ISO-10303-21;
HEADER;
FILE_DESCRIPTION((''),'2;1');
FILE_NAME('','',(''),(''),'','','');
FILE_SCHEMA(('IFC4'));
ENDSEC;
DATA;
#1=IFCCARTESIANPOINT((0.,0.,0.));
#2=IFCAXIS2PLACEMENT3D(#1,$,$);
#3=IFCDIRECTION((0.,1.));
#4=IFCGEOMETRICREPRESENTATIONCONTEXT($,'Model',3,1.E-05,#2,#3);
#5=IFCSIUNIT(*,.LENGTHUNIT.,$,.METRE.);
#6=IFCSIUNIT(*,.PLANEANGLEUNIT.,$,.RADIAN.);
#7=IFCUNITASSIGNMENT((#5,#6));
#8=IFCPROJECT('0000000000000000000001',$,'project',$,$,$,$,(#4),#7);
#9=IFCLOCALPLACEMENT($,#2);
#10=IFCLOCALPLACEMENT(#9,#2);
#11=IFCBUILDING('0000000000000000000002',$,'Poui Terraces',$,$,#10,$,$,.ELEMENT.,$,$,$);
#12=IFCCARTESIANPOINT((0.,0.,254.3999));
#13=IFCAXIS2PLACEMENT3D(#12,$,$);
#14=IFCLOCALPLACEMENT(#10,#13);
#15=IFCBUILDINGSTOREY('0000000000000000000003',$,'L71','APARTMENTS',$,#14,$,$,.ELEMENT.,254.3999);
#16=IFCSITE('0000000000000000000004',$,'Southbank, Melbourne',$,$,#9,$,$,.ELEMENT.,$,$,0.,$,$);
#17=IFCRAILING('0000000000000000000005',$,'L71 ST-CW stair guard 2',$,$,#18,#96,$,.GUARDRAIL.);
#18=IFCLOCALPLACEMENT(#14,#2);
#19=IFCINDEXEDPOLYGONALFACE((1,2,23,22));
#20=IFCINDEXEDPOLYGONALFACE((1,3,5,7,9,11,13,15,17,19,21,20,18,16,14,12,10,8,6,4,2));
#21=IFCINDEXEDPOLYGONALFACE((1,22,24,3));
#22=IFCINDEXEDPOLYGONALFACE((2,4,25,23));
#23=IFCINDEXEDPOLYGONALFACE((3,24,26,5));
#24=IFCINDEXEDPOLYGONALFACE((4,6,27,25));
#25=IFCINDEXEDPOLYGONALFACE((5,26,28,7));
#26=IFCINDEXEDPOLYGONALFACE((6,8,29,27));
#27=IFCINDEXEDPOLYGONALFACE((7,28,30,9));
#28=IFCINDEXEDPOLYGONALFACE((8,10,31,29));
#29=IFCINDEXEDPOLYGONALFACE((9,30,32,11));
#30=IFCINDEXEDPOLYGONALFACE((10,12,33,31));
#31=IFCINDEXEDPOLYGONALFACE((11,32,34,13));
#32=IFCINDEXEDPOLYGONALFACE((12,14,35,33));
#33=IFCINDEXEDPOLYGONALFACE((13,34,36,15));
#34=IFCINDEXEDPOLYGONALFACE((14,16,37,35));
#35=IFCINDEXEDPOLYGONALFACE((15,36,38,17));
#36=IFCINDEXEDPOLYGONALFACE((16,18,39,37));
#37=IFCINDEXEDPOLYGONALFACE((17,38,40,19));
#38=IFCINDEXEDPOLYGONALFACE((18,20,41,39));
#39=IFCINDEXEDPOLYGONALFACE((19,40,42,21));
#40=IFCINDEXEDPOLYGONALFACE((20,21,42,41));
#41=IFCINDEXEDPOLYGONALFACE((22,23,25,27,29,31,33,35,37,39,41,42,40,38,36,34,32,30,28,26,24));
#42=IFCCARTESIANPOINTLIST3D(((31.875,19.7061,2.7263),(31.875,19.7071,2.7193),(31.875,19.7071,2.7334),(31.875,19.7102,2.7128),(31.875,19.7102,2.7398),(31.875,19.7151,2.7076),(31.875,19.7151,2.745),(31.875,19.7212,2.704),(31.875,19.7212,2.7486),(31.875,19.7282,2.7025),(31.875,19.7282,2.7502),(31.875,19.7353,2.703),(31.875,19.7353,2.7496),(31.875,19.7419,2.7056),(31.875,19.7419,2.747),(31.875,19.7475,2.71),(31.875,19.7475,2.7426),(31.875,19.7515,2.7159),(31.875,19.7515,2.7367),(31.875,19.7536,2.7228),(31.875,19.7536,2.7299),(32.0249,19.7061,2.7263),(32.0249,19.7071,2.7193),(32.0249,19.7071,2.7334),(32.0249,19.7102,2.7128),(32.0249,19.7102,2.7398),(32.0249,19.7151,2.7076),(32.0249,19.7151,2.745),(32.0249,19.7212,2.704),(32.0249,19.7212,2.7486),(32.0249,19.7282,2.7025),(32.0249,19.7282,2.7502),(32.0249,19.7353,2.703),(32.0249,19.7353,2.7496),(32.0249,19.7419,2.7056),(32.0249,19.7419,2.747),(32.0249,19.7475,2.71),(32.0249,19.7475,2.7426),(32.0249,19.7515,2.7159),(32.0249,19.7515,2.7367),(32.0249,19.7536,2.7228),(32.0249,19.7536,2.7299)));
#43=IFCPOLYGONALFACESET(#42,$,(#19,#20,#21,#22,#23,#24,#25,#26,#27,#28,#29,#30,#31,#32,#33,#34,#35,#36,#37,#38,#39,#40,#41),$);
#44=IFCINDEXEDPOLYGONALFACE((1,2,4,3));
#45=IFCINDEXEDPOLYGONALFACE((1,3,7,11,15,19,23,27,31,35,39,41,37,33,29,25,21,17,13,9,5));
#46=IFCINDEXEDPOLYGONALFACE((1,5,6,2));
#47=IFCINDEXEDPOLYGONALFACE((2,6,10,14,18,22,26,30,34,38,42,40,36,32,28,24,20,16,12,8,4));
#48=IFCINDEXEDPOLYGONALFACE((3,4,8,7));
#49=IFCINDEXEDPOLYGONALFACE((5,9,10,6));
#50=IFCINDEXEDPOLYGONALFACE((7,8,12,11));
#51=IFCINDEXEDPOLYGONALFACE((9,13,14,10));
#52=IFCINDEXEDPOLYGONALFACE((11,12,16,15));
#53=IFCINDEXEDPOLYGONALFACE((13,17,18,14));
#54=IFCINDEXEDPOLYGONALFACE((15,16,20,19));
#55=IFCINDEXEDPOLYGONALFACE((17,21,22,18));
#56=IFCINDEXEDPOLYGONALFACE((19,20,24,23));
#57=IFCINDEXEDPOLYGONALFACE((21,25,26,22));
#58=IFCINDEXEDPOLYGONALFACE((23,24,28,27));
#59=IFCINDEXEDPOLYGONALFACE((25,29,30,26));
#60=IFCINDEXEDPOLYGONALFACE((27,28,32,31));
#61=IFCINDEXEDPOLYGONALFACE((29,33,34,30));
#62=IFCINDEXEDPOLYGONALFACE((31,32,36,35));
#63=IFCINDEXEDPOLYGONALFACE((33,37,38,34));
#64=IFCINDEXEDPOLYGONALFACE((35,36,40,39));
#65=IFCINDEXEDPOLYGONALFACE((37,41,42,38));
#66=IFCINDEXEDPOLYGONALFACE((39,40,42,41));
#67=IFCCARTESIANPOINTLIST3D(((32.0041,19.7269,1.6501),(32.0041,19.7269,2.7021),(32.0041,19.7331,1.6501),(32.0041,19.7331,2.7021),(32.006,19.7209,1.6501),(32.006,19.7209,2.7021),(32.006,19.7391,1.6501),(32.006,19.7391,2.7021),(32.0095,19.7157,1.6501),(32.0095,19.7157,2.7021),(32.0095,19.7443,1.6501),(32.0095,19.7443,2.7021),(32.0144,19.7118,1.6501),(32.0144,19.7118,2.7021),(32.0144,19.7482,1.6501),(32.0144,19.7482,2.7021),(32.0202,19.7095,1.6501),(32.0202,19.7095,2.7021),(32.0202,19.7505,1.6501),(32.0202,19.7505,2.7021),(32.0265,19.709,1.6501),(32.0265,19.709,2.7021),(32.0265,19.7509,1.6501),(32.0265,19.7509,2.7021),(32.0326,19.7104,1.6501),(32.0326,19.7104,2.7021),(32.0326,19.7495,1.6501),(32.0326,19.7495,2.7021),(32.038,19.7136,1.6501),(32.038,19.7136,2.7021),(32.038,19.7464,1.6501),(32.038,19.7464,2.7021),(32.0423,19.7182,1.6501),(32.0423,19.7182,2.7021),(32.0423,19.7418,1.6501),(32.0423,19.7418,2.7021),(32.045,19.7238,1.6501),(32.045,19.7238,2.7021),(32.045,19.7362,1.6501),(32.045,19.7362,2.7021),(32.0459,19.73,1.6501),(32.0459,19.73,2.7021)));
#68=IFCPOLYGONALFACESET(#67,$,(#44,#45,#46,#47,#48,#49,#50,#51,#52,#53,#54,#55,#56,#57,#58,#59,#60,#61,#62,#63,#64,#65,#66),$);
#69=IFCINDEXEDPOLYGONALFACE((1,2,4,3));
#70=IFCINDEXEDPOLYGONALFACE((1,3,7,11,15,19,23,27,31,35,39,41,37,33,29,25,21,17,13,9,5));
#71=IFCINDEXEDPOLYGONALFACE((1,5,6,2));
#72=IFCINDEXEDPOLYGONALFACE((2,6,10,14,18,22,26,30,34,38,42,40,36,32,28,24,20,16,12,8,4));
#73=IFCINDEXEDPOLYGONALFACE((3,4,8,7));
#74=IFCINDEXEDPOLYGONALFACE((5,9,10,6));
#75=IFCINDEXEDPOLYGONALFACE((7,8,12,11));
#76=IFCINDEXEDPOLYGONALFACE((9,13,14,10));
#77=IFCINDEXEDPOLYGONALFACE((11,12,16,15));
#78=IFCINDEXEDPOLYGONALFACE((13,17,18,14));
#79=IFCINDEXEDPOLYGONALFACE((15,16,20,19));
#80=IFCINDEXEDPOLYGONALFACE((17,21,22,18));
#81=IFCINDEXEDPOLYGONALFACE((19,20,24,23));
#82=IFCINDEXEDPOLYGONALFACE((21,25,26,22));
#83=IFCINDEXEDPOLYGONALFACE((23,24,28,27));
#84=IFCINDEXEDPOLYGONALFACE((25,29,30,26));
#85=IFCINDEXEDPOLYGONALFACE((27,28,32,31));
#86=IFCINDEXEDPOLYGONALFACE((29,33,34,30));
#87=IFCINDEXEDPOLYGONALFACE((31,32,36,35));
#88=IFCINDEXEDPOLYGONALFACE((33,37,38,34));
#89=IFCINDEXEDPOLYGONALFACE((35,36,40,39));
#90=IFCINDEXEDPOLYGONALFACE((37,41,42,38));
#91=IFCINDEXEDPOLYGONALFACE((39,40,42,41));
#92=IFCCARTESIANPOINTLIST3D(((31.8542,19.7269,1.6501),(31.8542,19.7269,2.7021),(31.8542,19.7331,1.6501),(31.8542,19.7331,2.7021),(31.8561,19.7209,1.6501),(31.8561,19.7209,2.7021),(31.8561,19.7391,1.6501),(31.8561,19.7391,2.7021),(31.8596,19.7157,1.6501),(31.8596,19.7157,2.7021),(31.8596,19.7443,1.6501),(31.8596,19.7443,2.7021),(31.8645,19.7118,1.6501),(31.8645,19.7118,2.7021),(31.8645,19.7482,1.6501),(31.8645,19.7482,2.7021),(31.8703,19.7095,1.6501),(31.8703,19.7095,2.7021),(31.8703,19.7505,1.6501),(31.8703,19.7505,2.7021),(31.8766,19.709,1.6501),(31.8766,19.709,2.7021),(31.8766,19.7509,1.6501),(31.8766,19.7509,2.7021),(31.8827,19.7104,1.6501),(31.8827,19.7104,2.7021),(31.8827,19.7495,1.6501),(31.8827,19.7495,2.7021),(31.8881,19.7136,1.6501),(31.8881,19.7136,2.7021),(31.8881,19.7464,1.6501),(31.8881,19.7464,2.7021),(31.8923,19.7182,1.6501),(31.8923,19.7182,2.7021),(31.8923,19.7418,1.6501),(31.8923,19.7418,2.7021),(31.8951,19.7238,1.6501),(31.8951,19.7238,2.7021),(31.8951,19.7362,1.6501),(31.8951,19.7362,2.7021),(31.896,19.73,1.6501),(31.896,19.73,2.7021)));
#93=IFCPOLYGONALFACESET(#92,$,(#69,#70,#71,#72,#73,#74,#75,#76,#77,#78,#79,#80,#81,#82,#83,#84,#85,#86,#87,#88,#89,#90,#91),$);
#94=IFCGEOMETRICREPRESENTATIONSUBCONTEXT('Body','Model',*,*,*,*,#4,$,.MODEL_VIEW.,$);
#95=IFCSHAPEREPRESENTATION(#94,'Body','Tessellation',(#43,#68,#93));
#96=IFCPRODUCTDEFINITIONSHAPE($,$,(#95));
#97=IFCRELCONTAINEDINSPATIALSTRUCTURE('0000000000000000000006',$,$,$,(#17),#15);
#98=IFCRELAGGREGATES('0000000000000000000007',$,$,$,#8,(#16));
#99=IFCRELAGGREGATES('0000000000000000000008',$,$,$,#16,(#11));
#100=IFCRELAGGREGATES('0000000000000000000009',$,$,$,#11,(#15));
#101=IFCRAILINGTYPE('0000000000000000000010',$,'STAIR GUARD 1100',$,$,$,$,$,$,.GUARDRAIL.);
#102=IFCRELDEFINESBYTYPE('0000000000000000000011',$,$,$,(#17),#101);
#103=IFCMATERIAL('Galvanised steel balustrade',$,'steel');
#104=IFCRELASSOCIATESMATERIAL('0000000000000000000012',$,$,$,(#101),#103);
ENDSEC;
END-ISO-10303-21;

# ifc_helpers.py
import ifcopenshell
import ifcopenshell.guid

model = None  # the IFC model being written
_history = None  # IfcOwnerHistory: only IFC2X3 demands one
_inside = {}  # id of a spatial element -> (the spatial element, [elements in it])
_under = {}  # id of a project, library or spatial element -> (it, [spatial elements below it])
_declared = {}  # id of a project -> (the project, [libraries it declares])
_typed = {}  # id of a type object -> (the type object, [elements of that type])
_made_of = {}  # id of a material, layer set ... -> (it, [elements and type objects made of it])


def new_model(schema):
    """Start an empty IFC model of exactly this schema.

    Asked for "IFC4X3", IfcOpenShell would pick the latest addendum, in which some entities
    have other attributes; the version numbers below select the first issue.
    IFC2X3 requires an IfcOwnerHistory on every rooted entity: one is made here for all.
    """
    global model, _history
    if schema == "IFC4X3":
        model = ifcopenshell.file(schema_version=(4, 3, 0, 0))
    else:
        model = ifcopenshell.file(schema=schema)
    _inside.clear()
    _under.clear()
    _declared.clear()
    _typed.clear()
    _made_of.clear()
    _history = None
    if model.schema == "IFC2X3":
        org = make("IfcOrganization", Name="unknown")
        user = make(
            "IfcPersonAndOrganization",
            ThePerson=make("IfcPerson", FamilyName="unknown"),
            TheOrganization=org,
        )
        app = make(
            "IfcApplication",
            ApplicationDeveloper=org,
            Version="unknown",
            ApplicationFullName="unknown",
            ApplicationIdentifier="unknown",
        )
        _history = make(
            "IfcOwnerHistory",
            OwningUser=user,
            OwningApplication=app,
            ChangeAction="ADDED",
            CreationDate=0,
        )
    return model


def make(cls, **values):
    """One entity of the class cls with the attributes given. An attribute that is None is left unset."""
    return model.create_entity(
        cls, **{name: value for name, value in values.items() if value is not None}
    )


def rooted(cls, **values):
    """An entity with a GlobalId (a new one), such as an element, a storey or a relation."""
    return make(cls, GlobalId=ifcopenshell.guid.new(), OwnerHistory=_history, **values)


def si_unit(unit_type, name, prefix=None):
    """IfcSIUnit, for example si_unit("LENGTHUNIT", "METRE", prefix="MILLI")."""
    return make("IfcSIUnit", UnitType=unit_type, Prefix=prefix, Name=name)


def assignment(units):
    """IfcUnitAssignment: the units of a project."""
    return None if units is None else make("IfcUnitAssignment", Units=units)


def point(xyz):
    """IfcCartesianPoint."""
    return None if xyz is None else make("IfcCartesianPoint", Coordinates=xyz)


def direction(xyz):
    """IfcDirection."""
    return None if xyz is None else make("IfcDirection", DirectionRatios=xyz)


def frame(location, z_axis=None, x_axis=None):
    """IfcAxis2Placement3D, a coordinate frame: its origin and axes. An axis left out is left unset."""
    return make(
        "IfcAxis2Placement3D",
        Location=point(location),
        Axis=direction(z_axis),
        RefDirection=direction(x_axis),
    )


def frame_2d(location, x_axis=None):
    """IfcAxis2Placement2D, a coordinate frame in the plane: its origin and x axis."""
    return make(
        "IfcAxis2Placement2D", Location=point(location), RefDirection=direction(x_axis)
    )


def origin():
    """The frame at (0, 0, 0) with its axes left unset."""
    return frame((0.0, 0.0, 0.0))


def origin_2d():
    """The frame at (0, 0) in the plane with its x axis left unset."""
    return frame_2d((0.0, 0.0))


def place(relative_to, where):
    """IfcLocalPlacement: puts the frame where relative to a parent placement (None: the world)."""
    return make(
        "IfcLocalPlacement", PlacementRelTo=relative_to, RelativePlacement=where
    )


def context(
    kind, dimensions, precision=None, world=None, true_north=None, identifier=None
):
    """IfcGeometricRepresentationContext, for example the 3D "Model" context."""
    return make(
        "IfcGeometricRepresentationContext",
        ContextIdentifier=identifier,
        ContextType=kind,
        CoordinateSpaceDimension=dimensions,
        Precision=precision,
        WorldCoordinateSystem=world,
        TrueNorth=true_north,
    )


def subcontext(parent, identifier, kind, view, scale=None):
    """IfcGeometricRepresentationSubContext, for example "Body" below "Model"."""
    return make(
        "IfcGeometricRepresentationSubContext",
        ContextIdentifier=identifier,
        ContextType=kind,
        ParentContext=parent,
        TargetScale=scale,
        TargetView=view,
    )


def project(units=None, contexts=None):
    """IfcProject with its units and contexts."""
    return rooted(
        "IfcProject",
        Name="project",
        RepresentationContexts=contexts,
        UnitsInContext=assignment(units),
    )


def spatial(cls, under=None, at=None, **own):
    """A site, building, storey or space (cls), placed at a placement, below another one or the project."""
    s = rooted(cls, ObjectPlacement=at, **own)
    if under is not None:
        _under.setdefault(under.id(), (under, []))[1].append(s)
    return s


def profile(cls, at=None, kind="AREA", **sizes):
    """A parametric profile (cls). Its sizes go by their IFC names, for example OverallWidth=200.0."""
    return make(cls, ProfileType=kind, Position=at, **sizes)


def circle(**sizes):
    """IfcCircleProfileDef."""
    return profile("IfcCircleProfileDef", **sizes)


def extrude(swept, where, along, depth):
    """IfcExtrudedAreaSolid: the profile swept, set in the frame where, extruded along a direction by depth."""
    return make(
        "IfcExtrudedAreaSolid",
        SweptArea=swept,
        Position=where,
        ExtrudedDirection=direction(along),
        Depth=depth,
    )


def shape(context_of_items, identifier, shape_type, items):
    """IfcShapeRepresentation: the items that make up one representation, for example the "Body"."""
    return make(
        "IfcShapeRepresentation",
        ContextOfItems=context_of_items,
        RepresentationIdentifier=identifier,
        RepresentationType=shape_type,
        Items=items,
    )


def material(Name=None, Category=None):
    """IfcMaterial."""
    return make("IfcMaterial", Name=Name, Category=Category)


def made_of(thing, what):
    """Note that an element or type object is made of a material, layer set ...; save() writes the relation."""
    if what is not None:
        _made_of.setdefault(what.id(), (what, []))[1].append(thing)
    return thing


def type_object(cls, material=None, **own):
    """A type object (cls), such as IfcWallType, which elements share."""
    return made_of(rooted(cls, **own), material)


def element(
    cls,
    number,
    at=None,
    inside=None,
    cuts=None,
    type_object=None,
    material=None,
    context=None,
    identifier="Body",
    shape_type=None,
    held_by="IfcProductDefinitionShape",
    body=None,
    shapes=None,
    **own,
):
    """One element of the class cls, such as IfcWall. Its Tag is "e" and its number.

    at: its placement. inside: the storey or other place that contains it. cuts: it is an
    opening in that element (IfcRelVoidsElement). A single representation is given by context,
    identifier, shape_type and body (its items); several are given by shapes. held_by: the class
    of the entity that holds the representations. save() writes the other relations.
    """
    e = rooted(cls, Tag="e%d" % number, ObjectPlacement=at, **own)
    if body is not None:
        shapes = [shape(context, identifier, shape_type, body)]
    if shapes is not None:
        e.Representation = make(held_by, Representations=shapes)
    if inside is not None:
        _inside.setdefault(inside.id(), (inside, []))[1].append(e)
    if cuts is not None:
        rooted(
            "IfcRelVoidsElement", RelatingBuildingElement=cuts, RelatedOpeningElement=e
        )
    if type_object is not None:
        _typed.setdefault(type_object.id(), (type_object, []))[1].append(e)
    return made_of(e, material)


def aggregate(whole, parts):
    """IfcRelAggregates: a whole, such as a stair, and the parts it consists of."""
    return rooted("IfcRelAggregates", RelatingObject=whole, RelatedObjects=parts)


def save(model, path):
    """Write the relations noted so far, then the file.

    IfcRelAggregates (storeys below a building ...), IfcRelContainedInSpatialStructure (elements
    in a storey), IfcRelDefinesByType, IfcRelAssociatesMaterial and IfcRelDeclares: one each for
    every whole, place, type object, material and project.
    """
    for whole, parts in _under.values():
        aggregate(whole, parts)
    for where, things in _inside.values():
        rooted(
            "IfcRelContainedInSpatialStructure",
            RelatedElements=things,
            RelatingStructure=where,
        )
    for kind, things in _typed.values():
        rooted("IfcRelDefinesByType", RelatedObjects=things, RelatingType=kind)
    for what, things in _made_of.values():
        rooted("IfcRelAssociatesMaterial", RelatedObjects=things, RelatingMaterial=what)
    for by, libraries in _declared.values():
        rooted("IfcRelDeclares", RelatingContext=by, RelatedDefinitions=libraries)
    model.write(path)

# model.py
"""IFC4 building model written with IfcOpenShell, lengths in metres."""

from ifc_helpers import new_model, si_unit, direction, frame, origin, origin_2d, place, context, subcontext, project, spatial, circle, extrude, material, type_object, element, save


model = new_model("IFC4")

# Units and contexts
model_context = context("Model", 3, precision=1e-05, world=origin(), true_north=direction((0.0, 1.0)))
body_context = subcontext(model_context, "Body", "Model", "MODEL_VIEW")
ifc_project = project(units=[si_unit("LENGTHUNIT", "METRE"), si_unit("PLANEANGLEUNIT", "RADIAN")], contexts=[model_context])

# Site, building, storey
site_placement = place(None, origin())
site = spatial("IfcSite", under=ifc_project, at=site_placement, Name="Southbank, Melbourne", CompositionType="ELEMENT", RefElevation=0.0)
building_placement = place(site_placement, origin())
building = spatial("IfcBuilding", under=site, at=building_placement, Name="Poui Terraces", CompositionType="ELEMENT")
storey_placement = place(building_placement, frame((0.0, 0.0, 254.3999)))
storey = spatial("IfcBuildingStorey", under=building, at=storey_placement, Name="L71", Description="APARTMENTS", CompositionType="ELEMENT", Elevation=254.3999)

# Railing
ifc_material_1 = material(Name="Galvanised steel balustrade", Category="steel")
railing_type_1 = type_object("IfcRailingType", Name="STAIR GUARD 1100", PredefinedType="GUARDRAIL", material=ifc_material_1)
railing_1_placement = place(storey_placement, frame((32.0249, 19.73, 1.6501)))
element("IfcRailing", 1, at=railing_1_placement, inside=storey, type_object=railing_type_1, Name="L71 ST-CW stair guard 2", PredefinedType="GUARDRAIL", context=body_context, shape_type="SweptSolid", body=[
    extrude(circle(Radius=0.0239, at=origin_2d()), frame((0.0, 0.0, 1.0762), z_axis=(-1.0, 0.0, 0.0), x_axis=(0.0, -1.0, 0.0)), (0.0, 0.0, 1.0), 0.1499),
    extrude(circle(Radius=0.021, at=origin_2d()), origin(), (0.0, 0.0, 1.0), 1.052),
    extrude(circle(Radius=0.021, at=origin_2d()), frame((-0.1499, 0.0, 0.0)), (0.0, 0.0, 1.0), 1.052),
])

save(model, "model.ifc")
